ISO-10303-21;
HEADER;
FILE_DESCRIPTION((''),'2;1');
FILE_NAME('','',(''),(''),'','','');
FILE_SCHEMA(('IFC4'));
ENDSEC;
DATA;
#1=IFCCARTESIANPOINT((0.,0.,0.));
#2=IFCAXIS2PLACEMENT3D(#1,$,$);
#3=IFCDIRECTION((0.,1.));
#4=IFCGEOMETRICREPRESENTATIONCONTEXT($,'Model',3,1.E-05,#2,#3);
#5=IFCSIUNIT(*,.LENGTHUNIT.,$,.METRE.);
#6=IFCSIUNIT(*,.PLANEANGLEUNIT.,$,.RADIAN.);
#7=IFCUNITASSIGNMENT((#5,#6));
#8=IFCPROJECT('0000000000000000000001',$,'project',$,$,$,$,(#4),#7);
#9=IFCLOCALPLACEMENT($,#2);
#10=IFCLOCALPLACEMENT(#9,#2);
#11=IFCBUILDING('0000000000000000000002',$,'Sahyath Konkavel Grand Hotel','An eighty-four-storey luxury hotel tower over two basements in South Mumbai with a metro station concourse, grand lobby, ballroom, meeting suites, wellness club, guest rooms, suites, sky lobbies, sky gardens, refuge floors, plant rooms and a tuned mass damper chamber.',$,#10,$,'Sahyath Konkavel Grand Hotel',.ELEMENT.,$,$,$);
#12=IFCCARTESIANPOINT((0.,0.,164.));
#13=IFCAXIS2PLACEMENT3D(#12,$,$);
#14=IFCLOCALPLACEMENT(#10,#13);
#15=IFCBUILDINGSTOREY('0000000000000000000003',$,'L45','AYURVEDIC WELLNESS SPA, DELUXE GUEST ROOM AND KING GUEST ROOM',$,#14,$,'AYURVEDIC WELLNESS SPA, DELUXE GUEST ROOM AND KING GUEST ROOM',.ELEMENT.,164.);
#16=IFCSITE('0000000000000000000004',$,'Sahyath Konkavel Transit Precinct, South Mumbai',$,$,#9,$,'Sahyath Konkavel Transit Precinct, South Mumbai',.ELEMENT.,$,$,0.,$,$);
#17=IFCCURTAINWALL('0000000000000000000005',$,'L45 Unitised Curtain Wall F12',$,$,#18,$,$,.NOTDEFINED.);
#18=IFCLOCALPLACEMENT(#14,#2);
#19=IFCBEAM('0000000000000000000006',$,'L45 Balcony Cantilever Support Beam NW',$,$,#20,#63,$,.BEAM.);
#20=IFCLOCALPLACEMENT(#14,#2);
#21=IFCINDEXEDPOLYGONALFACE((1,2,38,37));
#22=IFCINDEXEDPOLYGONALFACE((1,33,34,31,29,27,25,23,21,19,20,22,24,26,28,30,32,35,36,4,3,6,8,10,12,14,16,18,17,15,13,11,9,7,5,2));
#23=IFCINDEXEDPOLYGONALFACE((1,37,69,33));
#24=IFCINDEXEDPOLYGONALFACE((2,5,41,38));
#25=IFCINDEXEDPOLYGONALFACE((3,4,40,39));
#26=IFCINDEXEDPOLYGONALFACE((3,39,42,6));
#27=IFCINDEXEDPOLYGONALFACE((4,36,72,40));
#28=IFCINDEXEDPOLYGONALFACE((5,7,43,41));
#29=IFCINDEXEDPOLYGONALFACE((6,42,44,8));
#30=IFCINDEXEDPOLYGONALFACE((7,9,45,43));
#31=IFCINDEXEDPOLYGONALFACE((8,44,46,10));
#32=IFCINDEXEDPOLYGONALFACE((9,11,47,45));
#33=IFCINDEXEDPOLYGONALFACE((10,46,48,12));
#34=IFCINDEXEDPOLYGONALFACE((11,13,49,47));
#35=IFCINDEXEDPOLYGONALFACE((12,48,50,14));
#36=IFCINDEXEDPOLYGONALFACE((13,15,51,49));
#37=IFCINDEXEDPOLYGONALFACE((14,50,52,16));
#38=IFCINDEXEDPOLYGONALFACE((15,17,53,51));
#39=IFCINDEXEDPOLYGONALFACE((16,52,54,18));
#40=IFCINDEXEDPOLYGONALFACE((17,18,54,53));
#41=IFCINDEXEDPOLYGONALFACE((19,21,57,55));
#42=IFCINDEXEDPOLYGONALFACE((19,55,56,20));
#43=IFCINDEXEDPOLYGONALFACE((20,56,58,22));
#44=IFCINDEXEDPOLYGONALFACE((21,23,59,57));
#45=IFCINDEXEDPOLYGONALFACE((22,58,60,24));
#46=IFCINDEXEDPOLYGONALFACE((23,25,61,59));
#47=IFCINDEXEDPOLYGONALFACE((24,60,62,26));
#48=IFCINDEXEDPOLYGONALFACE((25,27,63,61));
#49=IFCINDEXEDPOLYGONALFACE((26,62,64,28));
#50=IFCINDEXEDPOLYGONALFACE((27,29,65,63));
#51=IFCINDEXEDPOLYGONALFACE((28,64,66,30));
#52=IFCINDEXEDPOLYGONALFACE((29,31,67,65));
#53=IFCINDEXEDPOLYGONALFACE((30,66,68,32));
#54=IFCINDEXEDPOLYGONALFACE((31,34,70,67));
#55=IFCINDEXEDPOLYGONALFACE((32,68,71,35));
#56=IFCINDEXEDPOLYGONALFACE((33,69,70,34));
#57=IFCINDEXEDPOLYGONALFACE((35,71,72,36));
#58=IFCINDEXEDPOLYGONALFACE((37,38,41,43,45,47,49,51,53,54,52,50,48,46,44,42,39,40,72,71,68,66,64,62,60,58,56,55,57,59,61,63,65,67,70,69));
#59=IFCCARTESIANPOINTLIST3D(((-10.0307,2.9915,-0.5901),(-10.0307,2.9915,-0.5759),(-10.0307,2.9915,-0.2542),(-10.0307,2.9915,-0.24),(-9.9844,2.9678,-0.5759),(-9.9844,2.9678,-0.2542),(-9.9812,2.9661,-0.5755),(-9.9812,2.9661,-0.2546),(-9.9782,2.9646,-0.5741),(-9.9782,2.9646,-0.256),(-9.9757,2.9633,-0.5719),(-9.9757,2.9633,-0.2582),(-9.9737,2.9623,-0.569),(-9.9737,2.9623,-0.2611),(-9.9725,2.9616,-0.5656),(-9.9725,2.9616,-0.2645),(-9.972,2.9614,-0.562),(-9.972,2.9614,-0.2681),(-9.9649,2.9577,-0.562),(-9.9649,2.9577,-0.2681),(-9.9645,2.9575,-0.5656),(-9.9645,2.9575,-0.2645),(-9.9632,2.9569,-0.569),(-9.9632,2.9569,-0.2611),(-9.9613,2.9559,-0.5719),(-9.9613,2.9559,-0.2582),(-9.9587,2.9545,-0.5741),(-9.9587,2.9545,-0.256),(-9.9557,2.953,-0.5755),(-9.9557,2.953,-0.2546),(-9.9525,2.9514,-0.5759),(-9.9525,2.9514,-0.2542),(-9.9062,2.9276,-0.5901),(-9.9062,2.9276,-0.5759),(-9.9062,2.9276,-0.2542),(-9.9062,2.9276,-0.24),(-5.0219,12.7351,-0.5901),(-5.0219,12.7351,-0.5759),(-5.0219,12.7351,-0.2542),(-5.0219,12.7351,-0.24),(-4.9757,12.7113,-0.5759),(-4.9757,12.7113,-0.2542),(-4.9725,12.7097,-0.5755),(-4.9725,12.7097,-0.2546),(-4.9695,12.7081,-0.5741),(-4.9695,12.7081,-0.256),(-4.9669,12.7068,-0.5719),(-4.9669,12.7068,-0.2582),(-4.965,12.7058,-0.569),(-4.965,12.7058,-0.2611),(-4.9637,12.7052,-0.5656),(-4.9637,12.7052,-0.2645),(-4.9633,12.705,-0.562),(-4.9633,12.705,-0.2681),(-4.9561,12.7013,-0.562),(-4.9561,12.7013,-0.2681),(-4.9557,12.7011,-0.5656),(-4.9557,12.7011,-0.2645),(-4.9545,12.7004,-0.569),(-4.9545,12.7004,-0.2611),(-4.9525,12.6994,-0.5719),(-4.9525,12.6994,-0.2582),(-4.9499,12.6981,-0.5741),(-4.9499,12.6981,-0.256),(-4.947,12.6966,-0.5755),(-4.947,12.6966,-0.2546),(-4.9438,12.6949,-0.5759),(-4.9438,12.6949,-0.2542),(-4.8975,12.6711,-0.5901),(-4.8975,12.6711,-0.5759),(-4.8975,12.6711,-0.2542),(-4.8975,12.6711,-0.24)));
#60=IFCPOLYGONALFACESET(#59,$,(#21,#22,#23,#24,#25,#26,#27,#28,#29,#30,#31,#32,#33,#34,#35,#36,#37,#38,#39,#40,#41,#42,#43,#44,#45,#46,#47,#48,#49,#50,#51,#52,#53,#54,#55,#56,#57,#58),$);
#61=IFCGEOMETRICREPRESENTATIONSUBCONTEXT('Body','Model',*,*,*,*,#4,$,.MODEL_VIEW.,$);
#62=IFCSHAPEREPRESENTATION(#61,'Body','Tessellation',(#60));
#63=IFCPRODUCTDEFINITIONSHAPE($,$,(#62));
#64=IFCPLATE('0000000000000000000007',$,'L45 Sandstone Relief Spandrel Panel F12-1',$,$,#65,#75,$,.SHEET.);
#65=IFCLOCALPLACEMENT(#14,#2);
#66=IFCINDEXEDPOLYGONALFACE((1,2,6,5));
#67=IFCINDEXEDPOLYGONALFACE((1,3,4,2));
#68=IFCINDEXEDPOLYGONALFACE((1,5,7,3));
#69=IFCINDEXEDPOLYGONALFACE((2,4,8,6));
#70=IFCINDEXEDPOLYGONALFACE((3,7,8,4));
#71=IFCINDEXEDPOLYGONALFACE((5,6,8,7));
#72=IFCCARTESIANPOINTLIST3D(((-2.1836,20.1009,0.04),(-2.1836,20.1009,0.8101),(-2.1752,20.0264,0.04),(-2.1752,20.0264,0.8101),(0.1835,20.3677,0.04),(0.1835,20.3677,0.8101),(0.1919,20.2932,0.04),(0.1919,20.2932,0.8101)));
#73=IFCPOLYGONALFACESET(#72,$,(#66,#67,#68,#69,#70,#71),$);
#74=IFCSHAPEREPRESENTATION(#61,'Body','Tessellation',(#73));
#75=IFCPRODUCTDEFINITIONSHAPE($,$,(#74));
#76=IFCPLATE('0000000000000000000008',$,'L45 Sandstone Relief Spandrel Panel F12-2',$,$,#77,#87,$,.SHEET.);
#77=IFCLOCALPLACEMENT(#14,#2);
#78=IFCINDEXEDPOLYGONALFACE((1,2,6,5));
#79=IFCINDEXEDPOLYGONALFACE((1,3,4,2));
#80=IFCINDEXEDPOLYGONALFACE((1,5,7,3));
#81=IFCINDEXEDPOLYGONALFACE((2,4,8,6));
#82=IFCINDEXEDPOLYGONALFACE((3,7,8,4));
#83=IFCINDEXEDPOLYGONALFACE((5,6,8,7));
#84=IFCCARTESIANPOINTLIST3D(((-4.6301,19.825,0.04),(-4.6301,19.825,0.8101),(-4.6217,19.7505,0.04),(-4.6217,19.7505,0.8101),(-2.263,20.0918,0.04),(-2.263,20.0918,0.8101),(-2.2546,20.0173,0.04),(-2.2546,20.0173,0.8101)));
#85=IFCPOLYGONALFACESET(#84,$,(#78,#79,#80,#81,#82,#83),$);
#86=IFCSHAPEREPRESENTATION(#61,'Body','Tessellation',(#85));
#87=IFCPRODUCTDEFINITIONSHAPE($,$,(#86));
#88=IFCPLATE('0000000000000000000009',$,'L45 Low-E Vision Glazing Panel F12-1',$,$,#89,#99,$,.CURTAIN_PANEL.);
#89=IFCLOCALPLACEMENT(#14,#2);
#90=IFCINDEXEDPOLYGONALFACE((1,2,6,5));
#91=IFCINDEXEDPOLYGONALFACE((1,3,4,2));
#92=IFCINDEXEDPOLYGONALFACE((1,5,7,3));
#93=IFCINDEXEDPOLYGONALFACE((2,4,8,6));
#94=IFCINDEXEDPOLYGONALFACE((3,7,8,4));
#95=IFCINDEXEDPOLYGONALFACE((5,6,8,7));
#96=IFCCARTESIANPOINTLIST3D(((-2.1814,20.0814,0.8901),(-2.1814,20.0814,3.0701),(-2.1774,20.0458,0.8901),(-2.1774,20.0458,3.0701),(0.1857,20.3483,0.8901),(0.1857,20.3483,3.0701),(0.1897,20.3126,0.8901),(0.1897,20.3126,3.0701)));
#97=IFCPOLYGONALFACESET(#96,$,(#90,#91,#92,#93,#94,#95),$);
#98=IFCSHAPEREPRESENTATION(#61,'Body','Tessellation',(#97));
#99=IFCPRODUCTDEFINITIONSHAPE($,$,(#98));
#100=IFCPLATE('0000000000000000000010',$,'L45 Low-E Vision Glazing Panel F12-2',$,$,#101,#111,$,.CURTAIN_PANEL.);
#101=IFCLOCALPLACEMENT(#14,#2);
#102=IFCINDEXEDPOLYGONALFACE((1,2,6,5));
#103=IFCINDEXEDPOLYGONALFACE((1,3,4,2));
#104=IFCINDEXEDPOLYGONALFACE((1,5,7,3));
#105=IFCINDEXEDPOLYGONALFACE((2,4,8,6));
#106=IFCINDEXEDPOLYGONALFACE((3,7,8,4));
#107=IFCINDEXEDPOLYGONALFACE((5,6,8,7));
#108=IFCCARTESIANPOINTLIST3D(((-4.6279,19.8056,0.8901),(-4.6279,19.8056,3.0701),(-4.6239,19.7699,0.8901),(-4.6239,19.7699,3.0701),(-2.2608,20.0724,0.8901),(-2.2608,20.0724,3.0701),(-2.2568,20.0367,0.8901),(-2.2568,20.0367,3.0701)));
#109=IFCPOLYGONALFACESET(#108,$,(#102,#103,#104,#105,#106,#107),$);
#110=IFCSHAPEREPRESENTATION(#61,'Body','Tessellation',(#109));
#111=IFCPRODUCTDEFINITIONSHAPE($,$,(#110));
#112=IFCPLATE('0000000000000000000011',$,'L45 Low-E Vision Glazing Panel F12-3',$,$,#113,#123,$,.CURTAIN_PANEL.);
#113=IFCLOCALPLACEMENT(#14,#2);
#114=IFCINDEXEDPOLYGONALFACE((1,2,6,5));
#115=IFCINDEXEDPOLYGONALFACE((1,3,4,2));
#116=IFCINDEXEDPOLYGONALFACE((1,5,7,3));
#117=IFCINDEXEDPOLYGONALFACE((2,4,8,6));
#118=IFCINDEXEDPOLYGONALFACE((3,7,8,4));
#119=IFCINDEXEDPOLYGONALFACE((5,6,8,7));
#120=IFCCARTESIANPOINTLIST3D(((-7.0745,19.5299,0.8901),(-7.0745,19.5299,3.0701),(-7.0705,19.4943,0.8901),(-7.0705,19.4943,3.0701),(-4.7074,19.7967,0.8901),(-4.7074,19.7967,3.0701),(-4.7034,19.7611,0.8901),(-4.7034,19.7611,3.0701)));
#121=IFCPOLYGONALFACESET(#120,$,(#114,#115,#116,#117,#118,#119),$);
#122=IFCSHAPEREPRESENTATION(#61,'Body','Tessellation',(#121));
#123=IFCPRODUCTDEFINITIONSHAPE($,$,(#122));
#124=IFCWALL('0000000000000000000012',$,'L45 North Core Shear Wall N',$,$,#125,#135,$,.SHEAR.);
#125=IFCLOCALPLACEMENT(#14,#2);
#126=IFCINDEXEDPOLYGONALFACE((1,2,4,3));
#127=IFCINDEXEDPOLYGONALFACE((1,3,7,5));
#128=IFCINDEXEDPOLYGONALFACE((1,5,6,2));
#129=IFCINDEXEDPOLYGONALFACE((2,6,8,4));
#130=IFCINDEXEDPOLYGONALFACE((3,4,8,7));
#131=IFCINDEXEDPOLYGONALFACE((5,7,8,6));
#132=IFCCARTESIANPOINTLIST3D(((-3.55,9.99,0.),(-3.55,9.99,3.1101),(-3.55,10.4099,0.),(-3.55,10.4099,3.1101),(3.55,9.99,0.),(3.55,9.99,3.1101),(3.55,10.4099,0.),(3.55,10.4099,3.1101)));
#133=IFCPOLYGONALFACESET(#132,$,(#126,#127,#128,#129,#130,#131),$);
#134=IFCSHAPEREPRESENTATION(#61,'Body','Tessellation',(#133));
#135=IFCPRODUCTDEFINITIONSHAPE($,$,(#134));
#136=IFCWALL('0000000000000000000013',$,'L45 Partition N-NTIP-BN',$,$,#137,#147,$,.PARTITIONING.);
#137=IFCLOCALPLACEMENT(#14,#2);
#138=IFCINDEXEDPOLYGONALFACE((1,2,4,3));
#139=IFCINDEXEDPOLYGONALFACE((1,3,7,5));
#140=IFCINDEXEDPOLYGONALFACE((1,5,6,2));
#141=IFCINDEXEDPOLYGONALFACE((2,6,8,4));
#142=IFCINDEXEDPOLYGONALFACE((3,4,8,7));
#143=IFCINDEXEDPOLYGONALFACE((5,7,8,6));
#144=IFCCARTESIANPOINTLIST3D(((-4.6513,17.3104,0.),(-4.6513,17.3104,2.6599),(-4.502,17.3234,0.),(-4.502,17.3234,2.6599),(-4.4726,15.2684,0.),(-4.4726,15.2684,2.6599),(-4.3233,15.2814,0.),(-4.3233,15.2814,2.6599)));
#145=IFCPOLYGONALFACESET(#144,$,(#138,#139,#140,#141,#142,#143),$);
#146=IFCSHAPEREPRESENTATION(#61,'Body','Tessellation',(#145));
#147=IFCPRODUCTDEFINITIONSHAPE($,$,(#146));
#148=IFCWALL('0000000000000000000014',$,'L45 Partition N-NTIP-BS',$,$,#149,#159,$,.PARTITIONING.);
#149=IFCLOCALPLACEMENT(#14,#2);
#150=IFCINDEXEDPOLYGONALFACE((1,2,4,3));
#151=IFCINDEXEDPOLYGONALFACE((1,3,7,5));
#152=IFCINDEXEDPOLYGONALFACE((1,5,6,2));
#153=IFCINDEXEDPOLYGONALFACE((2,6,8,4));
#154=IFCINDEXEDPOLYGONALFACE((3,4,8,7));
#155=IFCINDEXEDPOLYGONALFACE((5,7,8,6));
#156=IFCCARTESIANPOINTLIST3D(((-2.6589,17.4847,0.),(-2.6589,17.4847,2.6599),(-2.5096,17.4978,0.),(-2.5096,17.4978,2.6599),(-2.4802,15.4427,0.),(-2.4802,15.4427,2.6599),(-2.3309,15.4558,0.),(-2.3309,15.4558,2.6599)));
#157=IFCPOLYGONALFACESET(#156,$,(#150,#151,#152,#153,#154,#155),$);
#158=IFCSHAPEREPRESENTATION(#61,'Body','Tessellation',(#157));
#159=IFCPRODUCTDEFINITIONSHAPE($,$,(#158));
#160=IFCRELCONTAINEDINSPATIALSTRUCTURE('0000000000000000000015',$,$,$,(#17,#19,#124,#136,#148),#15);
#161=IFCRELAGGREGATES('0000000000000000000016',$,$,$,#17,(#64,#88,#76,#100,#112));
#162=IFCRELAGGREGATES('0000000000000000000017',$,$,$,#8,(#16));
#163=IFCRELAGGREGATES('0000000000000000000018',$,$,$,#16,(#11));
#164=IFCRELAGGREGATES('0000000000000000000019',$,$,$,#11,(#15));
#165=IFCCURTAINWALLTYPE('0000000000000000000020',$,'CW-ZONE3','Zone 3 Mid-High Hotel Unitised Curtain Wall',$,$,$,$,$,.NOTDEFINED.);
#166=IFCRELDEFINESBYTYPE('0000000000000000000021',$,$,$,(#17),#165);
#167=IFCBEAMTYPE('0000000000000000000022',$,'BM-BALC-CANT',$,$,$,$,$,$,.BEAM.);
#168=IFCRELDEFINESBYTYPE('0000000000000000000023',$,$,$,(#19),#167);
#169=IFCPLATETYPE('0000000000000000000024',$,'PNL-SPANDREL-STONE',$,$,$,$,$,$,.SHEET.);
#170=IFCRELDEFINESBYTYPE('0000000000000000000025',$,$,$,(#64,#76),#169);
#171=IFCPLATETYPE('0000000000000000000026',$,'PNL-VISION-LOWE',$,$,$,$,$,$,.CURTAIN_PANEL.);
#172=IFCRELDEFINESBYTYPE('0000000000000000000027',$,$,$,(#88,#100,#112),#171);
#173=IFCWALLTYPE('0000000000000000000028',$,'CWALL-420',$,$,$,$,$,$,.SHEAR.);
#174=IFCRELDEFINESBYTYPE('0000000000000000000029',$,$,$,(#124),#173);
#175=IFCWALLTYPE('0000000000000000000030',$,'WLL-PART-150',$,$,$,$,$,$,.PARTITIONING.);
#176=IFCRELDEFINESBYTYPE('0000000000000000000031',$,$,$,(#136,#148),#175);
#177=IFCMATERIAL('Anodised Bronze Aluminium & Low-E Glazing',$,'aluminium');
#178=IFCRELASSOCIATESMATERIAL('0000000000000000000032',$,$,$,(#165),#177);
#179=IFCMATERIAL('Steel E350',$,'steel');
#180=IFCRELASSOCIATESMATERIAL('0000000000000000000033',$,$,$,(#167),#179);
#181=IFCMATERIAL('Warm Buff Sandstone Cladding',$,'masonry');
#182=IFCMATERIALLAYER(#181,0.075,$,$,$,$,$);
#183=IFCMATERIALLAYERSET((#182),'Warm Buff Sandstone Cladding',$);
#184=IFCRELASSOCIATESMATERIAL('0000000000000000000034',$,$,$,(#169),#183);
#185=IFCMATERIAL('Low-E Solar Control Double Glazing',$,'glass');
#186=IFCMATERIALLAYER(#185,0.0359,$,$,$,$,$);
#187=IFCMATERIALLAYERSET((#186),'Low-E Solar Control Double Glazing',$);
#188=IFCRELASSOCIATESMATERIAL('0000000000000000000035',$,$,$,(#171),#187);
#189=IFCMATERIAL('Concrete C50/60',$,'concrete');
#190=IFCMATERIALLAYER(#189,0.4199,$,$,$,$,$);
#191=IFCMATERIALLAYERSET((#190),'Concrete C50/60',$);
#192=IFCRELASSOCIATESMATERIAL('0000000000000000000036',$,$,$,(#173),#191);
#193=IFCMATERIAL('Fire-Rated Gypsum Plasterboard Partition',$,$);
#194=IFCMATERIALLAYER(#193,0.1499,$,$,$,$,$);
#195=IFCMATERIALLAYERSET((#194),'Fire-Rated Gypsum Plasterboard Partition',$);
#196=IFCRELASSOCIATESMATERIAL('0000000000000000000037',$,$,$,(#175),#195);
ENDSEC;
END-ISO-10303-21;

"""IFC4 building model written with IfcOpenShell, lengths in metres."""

from ifc_helpers import new_model, si_unit, direction, frame, frame_2d, origin, origin_2d, place, context, subcontext, project, spatial, rectangle, i_section, extrude, source, transform, mapped, material, layer, layer_set, material_profile, profile_set, type_object, element, aggregate, save


model = new_model("IFC4")

# Units and contexts
model_context = context("Model", 3, precision=1e-05, world=origin(), true_north=direction((0.0, 1.0)))
body_context = subcontext(model_context, "Body", "Model", "MODEL_VIEW")
ifc_project = project(units=[si_unit("LENGTHUNIT", "METRE"), si_unit("PLANEANGLEUNIT", "RADIAN")], contexts=[model_context])

# Site, building, storey
site_placement = place(None, origin())
site = spatial("IfcSite", under=ifc_project, at=site_placement, Name="Sahyath Konkavel Transit Precinct, South Mumbai", LongName="Sahyath Konkavel Transit Precinct, South Mumbai", CompositionType="ELEMENT", RefElevation=0.0)
building_placement = place(site_placement, origin())
building = spatial("IfcBuilding", under=site, at=building_placement, Name="Sahyath Konkavel Grand Hotel", Description="An eighty-four-storey luxury hotel tower over two basements in South Mumbai with a metro station concourse, grand lobby, ballroom, meeting suites, wellness club, guest rooms, suites, sky lobbies, sky gardens, refuge floors, plant rooms and a tuned mass damper chamber.", LongName="Sahyath Konkavel Grand Hotel", CompositionType="ELEMENT")
storey_placement = place(building_placement, frame((0.0, 0.0, 164.0)))
storey = spatial("IfcBuildingStorey", under=building, at=storey_placement, Name="L45", Description="AYURVEDIC WELLNESS SPA, DELUXE GUEST ROOM AND KING GUEST ROOM", LongName="AYURVEDIC WELLNESS SPA, DELUXE GUEST ROOM AND KING GUEST ROOM", CompositionType="ELEMENT", Elevation=164.0)

# Shared definitions
ifc_material_1 = material(Name="Concrete C50/60", Category="concrete")

# Shared definitions
ifc_material_2 = material(Name="Steel E350", Category="steel")

# Curtain wall
ifc_material_3 = material(Name="Anodised Bronze Aluminium & Low-E Glazing", Category="aluminium")
curtain_wall_type = type_object("IfcCurtainWallType", Name="CW-ZONE3", Description="Zone 3 Mid-High Hotel Unitised Curtain Wall", PredefinedType="NOTDEFINED", material=ifc_material_3)
curtain_wall_placement = place(storey_placement, origin())
curtain_wall = element("IfcCurtainWall", 1, at=curtain_wall_placement, inside=storey, type_object=curtain_wall_type, Name="L45 Unitised Curtain Wall F12", PredefinedType="NOTDEFINED")

# Beam
ifc_material_profile_1 = material_profile(ifc_material_2, i_section(OverallWidth=0.1399, OverallDepth=0.3501, WebThickness=0.0081, FlangeThickness=0.0142, FilletRadius=0.0139, at=origin_2d()), Name="ISMB 350")
ifc_profile_set_1 = profile_set([ifc_material_profile_1], Name="Steel E350")
beam_type_1 = type_object("IfcBeamType", Name="BM-BALC-CANT", PredefinedType="BEAM", material=ifc_profile_set_1)
shared_shape_1 = source(origin(), body_context, "Body", "SweptSolid", [
    extrude(i_section(OverallWidth=0.1399, OverallDepth=0.3501, WebThickness=0.0081, FlangeThickness=0.0142, FilletRadius=0.0139, at=origin_2d()), origin(), (0.0, 0.0, 1.0), 10.9556),
])
beam_1_placement = place(storey_placement, frame((-4.9597, 12.7031, -0.415), z_axis=(-0.457187, -0.889371, 0.0), x_axis=(0.889371, -0.457187, 0.0)))
element("IfcBeam", 2, at=beam_1_placement, inside=storey, type_object=beam_type_1, Name="L45 Balcony Cantilever Support Beam NW", PredefinedType="BEAM", context=body_context, shape_type="MappedRepresentation", body=[
    mapped(shared_shape_1, transform((0.0, 0.0, 0.0), scale=1.0)),
])

# Plates
ifc_material_4 = material(Name="Warm Buff Sandstone Cladding", Category="masonry")
ifc_layer_1 = layer(ifc_material_4, 0.075)
ifc_layer_set_1 = layer_set([ifc_layer_1], Name="Warm Buff Sandstone Cladding")
plate_type_1 = type_object("IfcPlateType", Name="PNL-SPANDREL-STONE", PredefinedType="SHEET", material=ifc_layer_set_1)
shared_shape_2 = source(origin(), body_context, "Body", "SweptSolid", [
    extrude(rectangle(XDim=2.3821, YDim=0.075, at=origin_2d()), origin(), (0.0, 0.0, 1.0), 0.77),
])
plate_1_placement = place(storey_placement, frame((-0.9958, 20.197, 0.04), z_axis=(0.0, 0.0, 1.0), x_axis=(-0.993707, -0.112007, 0.0)))
plate_1 = element("IfcPlate", 3, at=plate_1_placement, type_object=plate_type_1, Name="L45 Sandstone Relief Spandrel Panel F12-1", PredefinedType="SHEET", context=body_context, shape_type="MappedRepresentation", body=[
    mapped(shared_shape_2, transform((0.0, 0.0, 0.0), scale=1.0)),
])
plate_2_placement = place(storey_placement, frame((-3.4424, 19.9211, 0.04), z_axis=(0.0, 0.0, 1.0), x_axis=(-0.993707, -0.112007, 0.0)))
plate_2 = element("IfcPlate", 4, at=plate_2_placement, type_object=plate_type_1, Name="L45 Sandstone Relief Spandrel Panel F12-2", PredefinedType="SHEET", context=body_context, shape_type="MappedRepresentation", body=[
    mapped(shared_shape_2, transform((0.0, 0.0, 0.0), scale=1.0)),
])
ifc_material_5 = material(Name="Low-E Solar Control Double Glazing", Category="glass")
ifc_layer_2 = layer(ifc_material_5, 0.0359)
ifc_layer_set_2 = layer_set([ifc_layer_2], Name="Low-E Solar Control Double Glazing")
plate_type_2 = type_object("IfcPlateType", Name="PNL-VISION-LOWE", PredefinedType="CURTAIN_PANEL", material=ifc_layer_set_2)
shared_shape_3 = source(origin(), body_context, "Body", "SweptSolid", [
    extrude(rectangle(XDim=2.3821, YDim=0.0359, at=origin_2d()), origin(), (0.0, 0.0, 1.0), 2.1799),
])
plate_3_placement = place(storey_placement, frame((-0.9958, 20.197, 0.8901), z_axis=(0.0, 0.0, 1.0), x_axis=(-0.993707, -0.112007, 0.0)))
plate_3 = element("IfcPlate", 5, at=plate_3_placement, type_object=plate_type_2, Name="L45 Low-E Vision Glazing Panel F12-1", PredefinedType="CURTAIN_PANEL", context=body_context, shape_type="MappedRepresentation", body=[
    mapped(shared_shape_3, transform((0.0, 0.0, 0.0), scale=1.0)),
])
plate_4_placement = place(storey_placement, frame((-3.4424, 19.9211, 0.8901), z_axis=(0.0, 0.0, 1.0), x_axis=(-0.993707, -0.112007, 0.0)))
plate_4 = element("IfcPlate", 6, at=plate_4_placement, type_object=plate_type_2, Name="L45 Low-E Vision Glazing Panel F12-2", PredefinedType="CURTAIN_PANEL", context=body_context, shape_type="MappedRepresentation", body=[
    mapped(shared_shape_3, transform((0.0, 0.0, 0.0), scale=1.0)),
])
plate_5_placement = place(storey_placement, frame((-5.8889, 19.6455, 0.8901), z_axis=(0.0, 0.0, 1.0), x_axis=(-0.993707, -0.112007, 0.0)))
plate_5 = element("IfcPlate", 7, at=plate_5_placement, type_object=plate_type_2, Name="L45 Low-E Vision Glazing Panel F12-3", PredefinedType="CURTAIN_PANEL", context=body_context, shape_type="MappedRepresentation", body=[
    mapped(shared_shape_3, transform((0.0, 0.0, 0.0), scale=1.0)),
])
aggregate(curtain_wall, [plate_1, plate_3, plate_2, plate_4, plate_5])

# Walls
ifc_layer_3 = layer(ifc_material_1, 0.4199)
ifc_layer_set_3 = layer_set([ifc_layer_3], Name="Concrete C50/60")
wall_type_1 = type_object("IfcWallType", Name="CWALL-420", PredefinedType="SHEAR", material=ifc_layer_set_3)
wall_1_placement = place(storey_placement, frame((-3.55, 10.2, 0.0), z_axis=(0.0, 0.0, 1.0), x_axis=(1.0, 0.0, 0.0)))
element("IfcWall", 8, at=wall_1_placement, inside=storey, type_object=wall_type_1, Name="L45 North Core Shear Wall N", PredefinedType="SHEAR", context=body_context, shape_type="SweptSolid", body=[
    extrude(rectangle(XDim=7.1001, YDim=0.4199, at=frame_2d((3.55, 0.0))), origin(), (0.0, 0.0, 1.0), 3.1101),
])
ifc_material_6 = material(Name="Fire-Rated Gypsum Plasterboard Partition")
ifc_layer_4 = layer(ifc_material_6, 0.1499)
ifc_layer_set_4 = layer_set([ifc_layer_4], Name="Fire-Rated Gypsum Plasterboard Partition")
wall_type_2 = type_object("IfcWallType", Name="WLL-PART-150", PredefinedType="PARTITIONING", material=ifc_layer_set_4)
for number, where, z_axis, x_axis, name in (
    (9, (-4.3979, 15.2749, 0.0), (0.0, 0.0, 1.0), (-0.087185, 0.996192, 0.0), "L45 Partition N-NTIP-BN"),
    (10, (-2.4055, 15.4492, 0.0), (0.0, 0.0, 1.0), (-0.087185, 0.996192, 0.0), "L45 Partition N-NTIP-BS"),
):
    element("IfcWall", number, at=place(storey_placement, frame(where, z_axis=z_axis, x_axis=x_axis)), inside=storey, type_object=wall_type_2, Name=name, PredefinedType="PARTITIONING", context=body_context, shape_type="SweptSolid", body=[
        extrude(rectangle(XDim=2.0498, YDim=0.1499, at=frame_2d((1.0249, 0.0))), origin(), (0.0, 0.0, 1.0), 2.6599),
    ])

save(model, "model.ifc")
